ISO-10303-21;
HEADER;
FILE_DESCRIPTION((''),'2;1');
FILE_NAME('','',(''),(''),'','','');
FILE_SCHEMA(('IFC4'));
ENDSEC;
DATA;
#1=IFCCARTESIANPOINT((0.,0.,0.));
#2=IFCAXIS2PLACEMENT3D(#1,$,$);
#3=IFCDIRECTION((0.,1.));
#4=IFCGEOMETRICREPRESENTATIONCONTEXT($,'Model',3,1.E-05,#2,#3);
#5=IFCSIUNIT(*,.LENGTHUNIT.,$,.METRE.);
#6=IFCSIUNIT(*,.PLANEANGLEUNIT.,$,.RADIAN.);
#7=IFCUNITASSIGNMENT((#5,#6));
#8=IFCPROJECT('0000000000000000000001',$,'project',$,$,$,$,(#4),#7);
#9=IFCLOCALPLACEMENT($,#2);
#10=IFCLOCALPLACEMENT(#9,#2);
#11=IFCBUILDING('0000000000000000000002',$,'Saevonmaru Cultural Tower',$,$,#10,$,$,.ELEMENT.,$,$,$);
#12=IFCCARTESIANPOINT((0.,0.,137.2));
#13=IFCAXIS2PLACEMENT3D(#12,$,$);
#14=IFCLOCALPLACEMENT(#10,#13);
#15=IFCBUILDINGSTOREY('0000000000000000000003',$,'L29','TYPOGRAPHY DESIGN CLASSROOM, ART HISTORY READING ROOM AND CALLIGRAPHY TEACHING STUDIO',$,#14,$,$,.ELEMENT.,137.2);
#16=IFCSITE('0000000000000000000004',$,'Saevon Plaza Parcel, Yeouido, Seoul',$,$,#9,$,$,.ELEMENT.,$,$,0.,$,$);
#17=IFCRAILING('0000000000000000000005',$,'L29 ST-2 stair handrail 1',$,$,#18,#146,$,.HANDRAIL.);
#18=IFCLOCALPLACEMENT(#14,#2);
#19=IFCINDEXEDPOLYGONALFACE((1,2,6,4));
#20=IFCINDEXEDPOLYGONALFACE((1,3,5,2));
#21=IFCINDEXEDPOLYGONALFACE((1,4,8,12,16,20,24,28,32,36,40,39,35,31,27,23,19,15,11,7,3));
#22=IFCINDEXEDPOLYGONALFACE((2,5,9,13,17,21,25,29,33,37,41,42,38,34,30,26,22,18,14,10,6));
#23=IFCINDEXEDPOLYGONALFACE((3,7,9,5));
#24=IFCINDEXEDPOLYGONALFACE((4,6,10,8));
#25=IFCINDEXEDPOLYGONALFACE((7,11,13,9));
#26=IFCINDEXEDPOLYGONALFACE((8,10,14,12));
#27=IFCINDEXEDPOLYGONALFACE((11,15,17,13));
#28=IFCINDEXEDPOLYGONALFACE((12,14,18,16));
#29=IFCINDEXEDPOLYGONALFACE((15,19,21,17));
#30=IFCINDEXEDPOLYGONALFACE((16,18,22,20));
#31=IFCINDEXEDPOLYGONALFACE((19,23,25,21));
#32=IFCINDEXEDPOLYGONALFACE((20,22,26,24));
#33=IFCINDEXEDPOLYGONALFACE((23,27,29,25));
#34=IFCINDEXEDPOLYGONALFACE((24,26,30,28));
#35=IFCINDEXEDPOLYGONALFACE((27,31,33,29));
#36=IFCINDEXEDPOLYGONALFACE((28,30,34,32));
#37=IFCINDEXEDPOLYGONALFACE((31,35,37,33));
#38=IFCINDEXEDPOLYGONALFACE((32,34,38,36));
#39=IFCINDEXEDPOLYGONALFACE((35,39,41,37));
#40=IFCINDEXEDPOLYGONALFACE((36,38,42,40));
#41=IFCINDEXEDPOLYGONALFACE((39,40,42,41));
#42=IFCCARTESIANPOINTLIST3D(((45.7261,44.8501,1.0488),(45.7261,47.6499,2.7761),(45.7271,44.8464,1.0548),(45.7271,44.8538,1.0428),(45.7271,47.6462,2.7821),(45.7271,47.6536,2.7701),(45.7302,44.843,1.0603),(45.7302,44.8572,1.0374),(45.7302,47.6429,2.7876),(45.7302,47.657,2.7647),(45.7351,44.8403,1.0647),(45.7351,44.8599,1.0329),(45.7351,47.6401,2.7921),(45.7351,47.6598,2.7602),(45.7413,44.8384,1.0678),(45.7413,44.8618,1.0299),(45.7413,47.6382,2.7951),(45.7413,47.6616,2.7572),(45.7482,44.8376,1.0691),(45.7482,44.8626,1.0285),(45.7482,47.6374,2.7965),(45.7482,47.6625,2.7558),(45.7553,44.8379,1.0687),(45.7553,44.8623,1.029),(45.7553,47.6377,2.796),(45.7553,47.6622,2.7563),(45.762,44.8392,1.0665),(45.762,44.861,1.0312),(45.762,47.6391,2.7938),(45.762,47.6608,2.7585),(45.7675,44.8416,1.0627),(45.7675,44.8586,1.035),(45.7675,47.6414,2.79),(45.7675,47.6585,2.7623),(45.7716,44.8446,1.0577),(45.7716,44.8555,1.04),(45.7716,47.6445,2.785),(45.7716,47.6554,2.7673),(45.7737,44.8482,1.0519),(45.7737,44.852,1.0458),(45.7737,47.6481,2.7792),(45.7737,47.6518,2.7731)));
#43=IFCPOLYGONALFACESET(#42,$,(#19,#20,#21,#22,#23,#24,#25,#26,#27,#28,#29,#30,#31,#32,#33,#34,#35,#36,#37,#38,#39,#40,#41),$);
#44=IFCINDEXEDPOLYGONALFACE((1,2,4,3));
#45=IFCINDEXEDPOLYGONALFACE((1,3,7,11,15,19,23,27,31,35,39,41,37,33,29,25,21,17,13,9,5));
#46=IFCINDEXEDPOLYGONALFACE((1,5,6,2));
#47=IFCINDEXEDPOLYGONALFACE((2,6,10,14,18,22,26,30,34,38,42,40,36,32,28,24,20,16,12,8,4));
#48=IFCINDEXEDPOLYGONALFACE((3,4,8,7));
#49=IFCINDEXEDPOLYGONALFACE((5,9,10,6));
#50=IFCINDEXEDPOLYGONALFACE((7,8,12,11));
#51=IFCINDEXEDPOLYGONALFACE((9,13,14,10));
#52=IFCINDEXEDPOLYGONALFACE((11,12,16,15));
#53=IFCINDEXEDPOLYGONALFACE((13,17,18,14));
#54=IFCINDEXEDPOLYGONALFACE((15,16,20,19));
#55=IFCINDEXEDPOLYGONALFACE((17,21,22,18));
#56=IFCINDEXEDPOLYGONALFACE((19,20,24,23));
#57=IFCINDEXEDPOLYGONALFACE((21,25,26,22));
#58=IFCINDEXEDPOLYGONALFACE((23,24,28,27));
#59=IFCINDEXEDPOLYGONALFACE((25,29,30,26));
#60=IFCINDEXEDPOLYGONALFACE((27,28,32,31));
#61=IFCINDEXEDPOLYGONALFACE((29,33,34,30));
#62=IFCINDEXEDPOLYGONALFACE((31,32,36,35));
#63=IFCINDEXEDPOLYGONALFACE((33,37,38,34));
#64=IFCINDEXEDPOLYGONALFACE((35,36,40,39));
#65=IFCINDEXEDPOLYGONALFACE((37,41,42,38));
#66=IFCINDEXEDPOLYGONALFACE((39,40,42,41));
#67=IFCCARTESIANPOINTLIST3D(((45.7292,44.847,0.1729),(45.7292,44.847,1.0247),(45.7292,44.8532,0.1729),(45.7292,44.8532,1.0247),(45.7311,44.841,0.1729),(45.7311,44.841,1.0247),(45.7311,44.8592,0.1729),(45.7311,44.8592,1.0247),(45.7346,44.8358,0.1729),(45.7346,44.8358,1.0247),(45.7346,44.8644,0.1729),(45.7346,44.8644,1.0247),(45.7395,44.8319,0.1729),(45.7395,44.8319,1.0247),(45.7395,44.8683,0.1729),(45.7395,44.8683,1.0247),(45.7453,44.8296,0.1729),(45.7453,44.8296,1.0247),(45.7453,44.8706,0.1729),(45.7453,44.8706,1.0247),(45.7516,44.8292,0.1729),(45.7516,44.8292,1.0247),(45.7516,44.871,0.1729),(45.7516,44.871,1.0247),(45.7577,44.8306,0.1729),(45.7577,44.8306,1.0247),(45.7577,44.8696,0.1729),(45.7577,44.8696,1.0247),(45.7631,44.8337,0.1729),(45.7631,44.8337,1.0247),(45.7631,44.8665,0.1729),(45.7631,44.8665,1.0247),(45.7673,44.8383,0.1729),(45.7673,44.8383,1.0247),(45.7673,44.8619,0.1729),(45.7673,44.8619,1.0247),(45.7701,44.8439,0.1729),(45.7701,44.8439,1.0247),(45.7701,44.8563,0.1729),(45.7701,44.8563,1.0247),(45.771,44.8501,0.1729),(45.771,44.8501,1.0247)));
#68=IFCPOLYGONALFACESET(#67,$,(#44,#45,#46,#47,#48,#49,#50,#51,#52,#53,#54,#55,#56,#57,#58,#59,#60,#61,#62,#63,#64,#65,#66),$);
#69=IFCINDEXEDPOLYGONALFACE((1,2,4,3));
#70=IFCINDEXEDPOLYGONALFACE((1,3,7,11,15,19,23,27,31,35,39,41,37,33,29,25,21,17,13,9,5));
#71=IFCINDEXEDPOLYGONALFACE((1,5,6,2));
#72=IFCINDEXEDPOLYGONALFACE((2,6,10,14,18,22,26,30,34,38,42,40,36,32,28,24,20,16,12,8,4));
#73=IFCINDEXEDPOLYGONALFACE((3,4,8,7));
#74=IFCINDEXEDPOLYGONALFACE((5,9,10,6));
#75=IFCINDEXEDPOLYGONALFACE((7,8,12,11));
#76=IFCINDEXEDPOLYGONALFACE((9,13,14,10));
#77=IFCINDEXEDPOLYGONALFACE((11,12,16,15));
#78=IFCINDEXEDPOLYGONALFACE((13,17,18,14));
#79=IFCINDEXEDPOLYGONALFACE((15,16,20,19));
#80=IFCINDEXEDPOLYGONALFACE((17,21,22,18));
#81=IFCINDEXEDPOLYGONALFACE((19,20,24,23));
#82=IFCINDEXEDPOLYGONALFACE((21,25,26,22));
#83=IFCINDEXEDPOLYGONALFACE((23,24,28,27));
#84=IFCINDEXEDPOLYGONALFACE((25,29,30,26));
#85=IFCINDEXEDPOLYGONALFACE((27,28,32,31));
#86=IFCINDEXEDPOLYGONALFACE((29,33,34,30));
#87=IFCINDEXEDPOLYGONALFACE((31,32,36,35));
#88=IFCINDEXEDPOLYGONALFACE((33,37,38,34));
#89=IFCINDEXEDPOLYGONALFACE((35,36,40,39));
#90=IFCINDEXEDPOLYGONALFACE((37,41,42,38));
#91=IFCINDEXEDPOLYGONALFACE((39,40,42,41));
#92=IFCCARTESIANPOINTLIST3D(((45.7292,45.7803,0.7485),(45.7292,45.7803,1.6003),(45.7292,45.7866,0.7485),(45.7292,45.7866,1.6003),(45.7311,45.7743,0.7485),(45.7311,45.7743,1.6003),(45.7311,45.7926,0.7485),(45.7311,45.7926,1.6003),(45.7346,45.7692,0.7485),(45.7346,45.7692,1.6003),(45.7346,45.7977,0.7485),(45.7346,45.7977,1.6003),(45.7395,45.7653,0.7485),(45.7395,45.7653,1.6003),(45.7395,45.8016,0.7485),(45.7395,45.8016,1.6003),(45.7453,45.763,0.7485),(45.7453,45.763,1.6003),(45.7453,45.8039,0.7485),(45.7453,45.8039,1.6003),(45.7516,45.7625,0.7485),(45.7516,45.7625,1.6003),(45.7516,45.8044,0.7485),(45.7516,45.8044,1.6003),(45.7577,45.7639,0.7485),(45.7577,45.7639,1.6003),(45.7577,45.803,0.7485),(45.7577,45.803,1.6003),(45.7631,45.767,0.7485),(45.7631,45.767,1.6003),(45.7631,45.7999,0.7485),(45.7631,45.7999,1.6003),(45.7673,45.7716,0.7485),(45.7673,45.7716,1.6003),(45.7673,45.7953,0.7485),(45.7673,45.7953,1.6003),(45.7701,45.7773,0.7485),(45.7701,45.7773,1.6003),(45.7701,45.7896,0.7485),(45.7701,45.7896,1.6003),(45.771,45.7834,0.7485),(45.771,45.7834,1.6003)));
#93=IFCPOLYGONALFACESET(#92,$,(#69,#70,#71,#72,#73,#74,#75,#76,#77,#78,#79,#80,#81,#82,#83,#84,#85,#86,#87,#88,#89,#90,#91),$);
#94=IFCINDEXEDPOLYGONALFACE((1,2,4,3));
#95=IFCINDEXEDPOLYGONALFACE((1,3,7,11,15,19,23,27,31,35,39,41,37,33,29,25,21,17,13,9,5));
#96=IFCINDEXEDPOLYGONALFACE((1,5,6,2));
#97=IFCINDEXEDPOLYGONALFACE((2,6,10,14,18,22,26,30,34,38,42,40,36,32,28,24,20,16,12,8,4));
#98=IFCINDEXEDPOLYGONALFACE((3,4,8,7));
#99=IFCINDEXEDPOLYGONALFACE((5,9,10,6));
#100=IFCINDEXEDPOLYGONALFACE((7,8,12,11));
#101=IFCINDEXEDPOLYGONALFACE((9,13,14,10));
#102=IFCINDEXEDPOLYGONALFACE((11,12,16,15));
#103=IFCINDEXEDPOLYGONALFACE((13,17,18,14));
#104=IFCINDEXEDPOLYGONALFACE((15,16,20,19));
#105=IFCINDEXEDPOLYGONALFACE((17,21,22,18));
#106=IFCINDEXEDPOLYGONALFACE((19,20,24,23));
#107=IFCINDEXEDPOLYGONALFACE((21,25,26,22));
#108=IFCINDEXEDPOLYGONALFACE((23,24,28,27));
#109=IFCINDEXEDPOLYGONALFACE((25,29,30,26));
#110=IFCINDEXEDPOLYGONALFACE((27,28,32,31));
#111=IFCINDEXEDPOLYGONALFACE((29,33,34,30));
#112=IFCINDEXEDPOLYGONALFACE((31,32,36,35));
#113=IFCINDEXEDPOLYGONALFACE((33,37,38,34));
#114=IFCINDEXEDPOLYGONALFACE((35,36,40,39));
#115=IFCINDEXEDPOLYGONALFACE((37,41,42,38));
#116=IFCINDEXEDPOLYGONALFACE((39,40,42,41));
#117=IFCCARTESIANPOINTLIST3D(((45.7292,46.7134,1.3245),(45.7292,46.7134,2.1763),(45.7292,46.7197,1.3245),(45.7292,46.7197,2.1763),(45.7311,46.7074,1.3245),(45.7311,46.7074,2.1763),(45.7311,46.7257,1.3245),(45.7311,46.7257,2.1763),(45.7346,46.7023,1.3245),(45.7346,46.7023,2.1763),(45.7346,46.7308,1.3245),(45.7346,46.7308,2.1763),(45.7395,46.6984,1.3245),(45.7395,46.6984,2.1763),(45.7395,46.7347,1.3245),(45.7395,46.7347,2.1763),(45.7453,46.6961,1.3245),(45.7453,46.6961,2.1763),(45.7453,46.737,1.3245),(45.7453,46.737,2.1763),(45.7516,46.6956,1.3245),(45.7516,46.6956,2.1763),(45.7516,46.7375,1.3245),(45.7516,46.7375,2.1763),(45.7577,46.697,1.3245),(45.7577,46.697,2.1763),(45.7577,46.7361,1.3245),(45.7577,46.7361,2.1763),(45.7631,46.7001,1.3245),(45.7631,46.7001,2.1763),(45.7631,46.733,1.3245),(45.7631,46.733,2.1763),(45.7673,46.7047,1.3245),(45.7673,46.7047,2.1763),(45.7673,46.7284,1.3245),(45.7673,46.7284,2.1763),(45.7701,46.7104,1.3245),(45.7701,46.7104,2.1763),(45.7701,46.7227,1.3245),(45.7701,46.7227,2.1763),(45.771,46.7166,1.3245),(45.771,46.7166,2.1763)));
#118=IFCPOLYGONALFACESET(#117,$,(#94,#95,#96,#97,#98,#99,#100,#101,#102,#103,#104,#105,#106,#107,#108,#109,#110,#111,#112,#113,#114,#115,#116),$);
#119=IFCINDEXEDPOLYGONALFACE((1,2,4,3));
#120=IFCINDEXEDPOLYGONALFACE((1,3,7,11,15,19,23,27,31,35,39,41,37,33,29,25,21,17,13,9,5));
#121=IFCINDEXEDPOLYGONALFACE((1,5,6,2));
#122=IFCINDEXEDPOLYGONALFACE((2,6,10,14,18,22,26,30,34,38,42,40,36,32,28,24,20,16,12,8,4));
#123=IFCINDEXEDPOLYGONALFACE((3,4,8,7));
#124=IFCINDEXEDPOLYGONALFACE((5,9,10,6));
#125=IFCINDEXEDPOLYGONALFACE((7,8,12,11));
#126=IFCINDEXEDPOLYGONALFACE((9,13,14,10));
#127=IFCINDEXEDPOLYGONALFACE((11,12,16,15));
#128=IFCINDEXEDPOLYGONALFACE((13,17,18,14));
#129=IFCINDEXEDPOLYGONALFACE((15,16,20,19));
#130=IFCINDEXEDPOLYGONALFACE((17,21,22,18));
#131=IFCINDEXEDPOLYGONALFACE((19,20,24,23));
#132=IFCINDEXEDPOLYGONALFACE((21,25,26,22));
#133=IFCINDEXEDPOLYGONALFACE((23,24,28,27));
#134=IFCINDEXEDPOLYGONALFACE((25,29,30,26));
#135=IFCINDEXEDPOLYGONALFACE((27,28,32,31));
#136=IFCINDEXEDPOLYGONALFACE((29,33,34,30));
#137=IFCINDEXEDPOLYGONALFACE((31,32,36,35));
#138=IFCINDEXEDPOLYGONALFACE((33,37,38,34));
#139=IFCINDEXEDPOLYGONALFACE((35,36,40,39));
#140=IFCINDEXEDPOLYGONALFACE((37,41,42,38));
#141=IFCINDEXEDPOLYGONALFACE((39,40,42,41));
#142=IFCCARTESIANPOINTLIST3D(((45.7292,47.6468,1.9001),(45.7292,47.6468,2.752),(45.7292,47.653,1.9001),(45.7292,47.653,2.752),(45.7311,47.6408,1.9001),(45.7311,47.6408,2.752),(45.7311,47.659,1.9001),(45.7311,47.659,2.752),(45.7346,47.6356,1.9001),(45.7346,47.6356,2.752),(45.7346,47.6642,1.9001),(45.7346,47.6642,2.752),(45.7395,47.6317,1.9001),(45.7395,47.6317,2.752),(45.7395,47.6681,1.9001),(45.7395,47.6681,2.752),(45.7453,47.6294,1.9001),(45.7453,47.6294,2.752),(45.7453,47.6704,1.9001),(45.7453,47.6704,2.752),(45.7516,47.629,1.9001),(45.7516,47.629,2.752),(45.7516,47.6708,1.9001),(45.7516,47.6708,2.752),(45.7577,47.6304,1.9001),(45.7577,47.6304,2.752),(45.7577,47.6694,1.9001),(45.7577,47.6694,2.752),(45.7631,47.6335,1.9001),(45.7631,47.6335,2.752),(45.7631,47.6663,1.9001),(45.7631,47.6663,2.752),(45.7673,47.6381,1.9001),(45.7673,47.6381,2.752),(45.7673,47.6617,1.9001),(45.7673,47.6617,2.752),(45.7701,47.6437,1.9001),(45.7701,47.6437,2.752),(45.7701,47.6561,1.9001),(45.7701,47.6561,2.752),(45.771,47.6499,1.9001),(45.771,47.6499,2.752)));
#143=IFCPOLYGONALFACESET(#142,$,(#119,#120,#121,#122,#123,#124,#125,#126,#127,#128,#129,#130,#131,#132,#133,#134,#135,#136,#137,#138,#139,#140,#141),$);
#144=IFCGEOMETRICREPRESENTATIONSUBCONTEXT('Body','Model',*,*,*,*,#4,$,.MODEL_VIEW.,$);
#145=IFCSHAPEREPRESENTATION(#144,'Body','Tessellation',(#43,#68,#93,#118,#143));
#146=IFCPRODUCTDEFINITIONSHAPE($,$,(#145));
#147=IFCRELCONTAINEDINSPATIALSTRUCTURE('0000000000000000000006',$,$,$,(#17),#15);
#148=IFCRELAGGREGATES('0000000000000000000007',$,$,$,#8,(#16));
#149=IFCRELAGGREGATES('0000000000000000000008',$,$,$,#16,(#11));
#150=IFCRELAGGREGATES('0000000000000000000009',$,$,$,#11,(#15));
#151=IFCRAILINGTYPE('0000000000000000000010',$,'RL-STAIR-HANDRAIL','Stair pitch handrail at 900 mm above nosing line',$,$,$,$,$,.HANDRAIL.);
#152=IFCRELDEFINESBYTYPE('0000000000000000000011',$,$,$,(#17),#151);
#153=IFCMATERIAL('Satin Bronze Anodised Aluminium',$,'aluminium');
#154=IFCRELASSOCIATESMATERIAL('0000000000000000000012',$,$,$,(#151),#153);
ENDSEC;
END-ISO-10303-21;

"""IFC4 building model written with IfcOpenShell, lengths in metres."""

from ifc_helpers import new_model, si_unit, direction, frame, origin, origin_2d, place, context, subcontext, project, spatial, circle, extrude, material, type_object, element, save


model = new_model("IFC4")

# Units and contexts
model_context = context("Model", 3, precision=1e-05, world=origin(), true_north=direction((0.0, 1.0)))
body_context = subcontext(model_context, "Body", "Model", "MODEL_VIEW")
ifc_project = project(units=[si_unit("LENGTHUNIT", "METRE"), si_unit("PLANEANGLEUNIT", "RADIAN")], contexts=[model_context])

# Site, building, storey
site_placement = place(None, origin())
site = spatial("IfcSite", under=ifc_project, at=site_placement, Name="Saevon Plaza Parcel, Yeouido, Seoul", CompositionType="ELEMENT", RefElevation=0.0)
building_placement = place(site_placement, origin())
building = spatial("IfcBuilding", under=site, at=building_placement, Name="Saevonmaru Cultural Tower", CompositionType="ELEMENT")
storey_placement = place(building_placement, frame((0.0, 0.0, 137.2)))
storey = spatial("IfcBuildingStorey", under=building, at=storey_placement, Name="L29", Description="TYPOGRAPHY DESIGN CLASSROOM, ART HISTORY READING ROOM AND CALLIGRAPHY TEACHING STUDIO", CompositionType="ELEMENT", Elevation=137.2)

# Shared definitions
ifc_material_1 = material(Name="Satin Bronze Anodised Aluminium", Category="aluminium")

# Railing
railing_type_1 = type_object("IfcRailingType", Name="RL-STAIR-HANDRAIL", Description="Stair pitch handrail at 900 mm above nosing line", PredefinedType="HANDRAIL", material=ifc_material_1)
railing_1_placement = place(storey_placement, frame((45.75, 44.8501, 0.1729)))
element("IfcRailing", 1, at=railing_1_placement, inside=storey, type_object=railing_type_1, Name="L29 ST-2 stair handrail 1", PredefinedType="HANDRAIL", context=body_context, shape_type="SweptSolid", body=[
    extrude(circle(Radius=0.0239, at=origin_2d()), frame((0.0, 0.0, 0.876), z_axis=(0.0, 0.851069, 0.525054), x_axis=(-1.0, 0.0, 0.0)), (0.0, 0.0, 1.0), 3.2898),
    extrude(circle(Radius=0.021, at=origin_2d()), origin(), (0.0, 0.0, 1.0), 0.8518),
    extrude(circle(Radius=0.021, at=origin_2d()), frame((0.0, 0.9333, 0.5757)), (0.0, 0.0, 1.0), 0.8518),
    extrude(circle(Radius=0.021, at=origin_2d()), frame((0.0, 1.8665, 1.1516)), (0.0, 0.0, 1.0), 0.8518),
    extrude(circle(Radius=0.021, at=origin_2d()), frame((0.0, 2.7998, 1.7273)), (0.0, 0.0, 1.0), 0.8518),
])

save(model, "model.ifc")
